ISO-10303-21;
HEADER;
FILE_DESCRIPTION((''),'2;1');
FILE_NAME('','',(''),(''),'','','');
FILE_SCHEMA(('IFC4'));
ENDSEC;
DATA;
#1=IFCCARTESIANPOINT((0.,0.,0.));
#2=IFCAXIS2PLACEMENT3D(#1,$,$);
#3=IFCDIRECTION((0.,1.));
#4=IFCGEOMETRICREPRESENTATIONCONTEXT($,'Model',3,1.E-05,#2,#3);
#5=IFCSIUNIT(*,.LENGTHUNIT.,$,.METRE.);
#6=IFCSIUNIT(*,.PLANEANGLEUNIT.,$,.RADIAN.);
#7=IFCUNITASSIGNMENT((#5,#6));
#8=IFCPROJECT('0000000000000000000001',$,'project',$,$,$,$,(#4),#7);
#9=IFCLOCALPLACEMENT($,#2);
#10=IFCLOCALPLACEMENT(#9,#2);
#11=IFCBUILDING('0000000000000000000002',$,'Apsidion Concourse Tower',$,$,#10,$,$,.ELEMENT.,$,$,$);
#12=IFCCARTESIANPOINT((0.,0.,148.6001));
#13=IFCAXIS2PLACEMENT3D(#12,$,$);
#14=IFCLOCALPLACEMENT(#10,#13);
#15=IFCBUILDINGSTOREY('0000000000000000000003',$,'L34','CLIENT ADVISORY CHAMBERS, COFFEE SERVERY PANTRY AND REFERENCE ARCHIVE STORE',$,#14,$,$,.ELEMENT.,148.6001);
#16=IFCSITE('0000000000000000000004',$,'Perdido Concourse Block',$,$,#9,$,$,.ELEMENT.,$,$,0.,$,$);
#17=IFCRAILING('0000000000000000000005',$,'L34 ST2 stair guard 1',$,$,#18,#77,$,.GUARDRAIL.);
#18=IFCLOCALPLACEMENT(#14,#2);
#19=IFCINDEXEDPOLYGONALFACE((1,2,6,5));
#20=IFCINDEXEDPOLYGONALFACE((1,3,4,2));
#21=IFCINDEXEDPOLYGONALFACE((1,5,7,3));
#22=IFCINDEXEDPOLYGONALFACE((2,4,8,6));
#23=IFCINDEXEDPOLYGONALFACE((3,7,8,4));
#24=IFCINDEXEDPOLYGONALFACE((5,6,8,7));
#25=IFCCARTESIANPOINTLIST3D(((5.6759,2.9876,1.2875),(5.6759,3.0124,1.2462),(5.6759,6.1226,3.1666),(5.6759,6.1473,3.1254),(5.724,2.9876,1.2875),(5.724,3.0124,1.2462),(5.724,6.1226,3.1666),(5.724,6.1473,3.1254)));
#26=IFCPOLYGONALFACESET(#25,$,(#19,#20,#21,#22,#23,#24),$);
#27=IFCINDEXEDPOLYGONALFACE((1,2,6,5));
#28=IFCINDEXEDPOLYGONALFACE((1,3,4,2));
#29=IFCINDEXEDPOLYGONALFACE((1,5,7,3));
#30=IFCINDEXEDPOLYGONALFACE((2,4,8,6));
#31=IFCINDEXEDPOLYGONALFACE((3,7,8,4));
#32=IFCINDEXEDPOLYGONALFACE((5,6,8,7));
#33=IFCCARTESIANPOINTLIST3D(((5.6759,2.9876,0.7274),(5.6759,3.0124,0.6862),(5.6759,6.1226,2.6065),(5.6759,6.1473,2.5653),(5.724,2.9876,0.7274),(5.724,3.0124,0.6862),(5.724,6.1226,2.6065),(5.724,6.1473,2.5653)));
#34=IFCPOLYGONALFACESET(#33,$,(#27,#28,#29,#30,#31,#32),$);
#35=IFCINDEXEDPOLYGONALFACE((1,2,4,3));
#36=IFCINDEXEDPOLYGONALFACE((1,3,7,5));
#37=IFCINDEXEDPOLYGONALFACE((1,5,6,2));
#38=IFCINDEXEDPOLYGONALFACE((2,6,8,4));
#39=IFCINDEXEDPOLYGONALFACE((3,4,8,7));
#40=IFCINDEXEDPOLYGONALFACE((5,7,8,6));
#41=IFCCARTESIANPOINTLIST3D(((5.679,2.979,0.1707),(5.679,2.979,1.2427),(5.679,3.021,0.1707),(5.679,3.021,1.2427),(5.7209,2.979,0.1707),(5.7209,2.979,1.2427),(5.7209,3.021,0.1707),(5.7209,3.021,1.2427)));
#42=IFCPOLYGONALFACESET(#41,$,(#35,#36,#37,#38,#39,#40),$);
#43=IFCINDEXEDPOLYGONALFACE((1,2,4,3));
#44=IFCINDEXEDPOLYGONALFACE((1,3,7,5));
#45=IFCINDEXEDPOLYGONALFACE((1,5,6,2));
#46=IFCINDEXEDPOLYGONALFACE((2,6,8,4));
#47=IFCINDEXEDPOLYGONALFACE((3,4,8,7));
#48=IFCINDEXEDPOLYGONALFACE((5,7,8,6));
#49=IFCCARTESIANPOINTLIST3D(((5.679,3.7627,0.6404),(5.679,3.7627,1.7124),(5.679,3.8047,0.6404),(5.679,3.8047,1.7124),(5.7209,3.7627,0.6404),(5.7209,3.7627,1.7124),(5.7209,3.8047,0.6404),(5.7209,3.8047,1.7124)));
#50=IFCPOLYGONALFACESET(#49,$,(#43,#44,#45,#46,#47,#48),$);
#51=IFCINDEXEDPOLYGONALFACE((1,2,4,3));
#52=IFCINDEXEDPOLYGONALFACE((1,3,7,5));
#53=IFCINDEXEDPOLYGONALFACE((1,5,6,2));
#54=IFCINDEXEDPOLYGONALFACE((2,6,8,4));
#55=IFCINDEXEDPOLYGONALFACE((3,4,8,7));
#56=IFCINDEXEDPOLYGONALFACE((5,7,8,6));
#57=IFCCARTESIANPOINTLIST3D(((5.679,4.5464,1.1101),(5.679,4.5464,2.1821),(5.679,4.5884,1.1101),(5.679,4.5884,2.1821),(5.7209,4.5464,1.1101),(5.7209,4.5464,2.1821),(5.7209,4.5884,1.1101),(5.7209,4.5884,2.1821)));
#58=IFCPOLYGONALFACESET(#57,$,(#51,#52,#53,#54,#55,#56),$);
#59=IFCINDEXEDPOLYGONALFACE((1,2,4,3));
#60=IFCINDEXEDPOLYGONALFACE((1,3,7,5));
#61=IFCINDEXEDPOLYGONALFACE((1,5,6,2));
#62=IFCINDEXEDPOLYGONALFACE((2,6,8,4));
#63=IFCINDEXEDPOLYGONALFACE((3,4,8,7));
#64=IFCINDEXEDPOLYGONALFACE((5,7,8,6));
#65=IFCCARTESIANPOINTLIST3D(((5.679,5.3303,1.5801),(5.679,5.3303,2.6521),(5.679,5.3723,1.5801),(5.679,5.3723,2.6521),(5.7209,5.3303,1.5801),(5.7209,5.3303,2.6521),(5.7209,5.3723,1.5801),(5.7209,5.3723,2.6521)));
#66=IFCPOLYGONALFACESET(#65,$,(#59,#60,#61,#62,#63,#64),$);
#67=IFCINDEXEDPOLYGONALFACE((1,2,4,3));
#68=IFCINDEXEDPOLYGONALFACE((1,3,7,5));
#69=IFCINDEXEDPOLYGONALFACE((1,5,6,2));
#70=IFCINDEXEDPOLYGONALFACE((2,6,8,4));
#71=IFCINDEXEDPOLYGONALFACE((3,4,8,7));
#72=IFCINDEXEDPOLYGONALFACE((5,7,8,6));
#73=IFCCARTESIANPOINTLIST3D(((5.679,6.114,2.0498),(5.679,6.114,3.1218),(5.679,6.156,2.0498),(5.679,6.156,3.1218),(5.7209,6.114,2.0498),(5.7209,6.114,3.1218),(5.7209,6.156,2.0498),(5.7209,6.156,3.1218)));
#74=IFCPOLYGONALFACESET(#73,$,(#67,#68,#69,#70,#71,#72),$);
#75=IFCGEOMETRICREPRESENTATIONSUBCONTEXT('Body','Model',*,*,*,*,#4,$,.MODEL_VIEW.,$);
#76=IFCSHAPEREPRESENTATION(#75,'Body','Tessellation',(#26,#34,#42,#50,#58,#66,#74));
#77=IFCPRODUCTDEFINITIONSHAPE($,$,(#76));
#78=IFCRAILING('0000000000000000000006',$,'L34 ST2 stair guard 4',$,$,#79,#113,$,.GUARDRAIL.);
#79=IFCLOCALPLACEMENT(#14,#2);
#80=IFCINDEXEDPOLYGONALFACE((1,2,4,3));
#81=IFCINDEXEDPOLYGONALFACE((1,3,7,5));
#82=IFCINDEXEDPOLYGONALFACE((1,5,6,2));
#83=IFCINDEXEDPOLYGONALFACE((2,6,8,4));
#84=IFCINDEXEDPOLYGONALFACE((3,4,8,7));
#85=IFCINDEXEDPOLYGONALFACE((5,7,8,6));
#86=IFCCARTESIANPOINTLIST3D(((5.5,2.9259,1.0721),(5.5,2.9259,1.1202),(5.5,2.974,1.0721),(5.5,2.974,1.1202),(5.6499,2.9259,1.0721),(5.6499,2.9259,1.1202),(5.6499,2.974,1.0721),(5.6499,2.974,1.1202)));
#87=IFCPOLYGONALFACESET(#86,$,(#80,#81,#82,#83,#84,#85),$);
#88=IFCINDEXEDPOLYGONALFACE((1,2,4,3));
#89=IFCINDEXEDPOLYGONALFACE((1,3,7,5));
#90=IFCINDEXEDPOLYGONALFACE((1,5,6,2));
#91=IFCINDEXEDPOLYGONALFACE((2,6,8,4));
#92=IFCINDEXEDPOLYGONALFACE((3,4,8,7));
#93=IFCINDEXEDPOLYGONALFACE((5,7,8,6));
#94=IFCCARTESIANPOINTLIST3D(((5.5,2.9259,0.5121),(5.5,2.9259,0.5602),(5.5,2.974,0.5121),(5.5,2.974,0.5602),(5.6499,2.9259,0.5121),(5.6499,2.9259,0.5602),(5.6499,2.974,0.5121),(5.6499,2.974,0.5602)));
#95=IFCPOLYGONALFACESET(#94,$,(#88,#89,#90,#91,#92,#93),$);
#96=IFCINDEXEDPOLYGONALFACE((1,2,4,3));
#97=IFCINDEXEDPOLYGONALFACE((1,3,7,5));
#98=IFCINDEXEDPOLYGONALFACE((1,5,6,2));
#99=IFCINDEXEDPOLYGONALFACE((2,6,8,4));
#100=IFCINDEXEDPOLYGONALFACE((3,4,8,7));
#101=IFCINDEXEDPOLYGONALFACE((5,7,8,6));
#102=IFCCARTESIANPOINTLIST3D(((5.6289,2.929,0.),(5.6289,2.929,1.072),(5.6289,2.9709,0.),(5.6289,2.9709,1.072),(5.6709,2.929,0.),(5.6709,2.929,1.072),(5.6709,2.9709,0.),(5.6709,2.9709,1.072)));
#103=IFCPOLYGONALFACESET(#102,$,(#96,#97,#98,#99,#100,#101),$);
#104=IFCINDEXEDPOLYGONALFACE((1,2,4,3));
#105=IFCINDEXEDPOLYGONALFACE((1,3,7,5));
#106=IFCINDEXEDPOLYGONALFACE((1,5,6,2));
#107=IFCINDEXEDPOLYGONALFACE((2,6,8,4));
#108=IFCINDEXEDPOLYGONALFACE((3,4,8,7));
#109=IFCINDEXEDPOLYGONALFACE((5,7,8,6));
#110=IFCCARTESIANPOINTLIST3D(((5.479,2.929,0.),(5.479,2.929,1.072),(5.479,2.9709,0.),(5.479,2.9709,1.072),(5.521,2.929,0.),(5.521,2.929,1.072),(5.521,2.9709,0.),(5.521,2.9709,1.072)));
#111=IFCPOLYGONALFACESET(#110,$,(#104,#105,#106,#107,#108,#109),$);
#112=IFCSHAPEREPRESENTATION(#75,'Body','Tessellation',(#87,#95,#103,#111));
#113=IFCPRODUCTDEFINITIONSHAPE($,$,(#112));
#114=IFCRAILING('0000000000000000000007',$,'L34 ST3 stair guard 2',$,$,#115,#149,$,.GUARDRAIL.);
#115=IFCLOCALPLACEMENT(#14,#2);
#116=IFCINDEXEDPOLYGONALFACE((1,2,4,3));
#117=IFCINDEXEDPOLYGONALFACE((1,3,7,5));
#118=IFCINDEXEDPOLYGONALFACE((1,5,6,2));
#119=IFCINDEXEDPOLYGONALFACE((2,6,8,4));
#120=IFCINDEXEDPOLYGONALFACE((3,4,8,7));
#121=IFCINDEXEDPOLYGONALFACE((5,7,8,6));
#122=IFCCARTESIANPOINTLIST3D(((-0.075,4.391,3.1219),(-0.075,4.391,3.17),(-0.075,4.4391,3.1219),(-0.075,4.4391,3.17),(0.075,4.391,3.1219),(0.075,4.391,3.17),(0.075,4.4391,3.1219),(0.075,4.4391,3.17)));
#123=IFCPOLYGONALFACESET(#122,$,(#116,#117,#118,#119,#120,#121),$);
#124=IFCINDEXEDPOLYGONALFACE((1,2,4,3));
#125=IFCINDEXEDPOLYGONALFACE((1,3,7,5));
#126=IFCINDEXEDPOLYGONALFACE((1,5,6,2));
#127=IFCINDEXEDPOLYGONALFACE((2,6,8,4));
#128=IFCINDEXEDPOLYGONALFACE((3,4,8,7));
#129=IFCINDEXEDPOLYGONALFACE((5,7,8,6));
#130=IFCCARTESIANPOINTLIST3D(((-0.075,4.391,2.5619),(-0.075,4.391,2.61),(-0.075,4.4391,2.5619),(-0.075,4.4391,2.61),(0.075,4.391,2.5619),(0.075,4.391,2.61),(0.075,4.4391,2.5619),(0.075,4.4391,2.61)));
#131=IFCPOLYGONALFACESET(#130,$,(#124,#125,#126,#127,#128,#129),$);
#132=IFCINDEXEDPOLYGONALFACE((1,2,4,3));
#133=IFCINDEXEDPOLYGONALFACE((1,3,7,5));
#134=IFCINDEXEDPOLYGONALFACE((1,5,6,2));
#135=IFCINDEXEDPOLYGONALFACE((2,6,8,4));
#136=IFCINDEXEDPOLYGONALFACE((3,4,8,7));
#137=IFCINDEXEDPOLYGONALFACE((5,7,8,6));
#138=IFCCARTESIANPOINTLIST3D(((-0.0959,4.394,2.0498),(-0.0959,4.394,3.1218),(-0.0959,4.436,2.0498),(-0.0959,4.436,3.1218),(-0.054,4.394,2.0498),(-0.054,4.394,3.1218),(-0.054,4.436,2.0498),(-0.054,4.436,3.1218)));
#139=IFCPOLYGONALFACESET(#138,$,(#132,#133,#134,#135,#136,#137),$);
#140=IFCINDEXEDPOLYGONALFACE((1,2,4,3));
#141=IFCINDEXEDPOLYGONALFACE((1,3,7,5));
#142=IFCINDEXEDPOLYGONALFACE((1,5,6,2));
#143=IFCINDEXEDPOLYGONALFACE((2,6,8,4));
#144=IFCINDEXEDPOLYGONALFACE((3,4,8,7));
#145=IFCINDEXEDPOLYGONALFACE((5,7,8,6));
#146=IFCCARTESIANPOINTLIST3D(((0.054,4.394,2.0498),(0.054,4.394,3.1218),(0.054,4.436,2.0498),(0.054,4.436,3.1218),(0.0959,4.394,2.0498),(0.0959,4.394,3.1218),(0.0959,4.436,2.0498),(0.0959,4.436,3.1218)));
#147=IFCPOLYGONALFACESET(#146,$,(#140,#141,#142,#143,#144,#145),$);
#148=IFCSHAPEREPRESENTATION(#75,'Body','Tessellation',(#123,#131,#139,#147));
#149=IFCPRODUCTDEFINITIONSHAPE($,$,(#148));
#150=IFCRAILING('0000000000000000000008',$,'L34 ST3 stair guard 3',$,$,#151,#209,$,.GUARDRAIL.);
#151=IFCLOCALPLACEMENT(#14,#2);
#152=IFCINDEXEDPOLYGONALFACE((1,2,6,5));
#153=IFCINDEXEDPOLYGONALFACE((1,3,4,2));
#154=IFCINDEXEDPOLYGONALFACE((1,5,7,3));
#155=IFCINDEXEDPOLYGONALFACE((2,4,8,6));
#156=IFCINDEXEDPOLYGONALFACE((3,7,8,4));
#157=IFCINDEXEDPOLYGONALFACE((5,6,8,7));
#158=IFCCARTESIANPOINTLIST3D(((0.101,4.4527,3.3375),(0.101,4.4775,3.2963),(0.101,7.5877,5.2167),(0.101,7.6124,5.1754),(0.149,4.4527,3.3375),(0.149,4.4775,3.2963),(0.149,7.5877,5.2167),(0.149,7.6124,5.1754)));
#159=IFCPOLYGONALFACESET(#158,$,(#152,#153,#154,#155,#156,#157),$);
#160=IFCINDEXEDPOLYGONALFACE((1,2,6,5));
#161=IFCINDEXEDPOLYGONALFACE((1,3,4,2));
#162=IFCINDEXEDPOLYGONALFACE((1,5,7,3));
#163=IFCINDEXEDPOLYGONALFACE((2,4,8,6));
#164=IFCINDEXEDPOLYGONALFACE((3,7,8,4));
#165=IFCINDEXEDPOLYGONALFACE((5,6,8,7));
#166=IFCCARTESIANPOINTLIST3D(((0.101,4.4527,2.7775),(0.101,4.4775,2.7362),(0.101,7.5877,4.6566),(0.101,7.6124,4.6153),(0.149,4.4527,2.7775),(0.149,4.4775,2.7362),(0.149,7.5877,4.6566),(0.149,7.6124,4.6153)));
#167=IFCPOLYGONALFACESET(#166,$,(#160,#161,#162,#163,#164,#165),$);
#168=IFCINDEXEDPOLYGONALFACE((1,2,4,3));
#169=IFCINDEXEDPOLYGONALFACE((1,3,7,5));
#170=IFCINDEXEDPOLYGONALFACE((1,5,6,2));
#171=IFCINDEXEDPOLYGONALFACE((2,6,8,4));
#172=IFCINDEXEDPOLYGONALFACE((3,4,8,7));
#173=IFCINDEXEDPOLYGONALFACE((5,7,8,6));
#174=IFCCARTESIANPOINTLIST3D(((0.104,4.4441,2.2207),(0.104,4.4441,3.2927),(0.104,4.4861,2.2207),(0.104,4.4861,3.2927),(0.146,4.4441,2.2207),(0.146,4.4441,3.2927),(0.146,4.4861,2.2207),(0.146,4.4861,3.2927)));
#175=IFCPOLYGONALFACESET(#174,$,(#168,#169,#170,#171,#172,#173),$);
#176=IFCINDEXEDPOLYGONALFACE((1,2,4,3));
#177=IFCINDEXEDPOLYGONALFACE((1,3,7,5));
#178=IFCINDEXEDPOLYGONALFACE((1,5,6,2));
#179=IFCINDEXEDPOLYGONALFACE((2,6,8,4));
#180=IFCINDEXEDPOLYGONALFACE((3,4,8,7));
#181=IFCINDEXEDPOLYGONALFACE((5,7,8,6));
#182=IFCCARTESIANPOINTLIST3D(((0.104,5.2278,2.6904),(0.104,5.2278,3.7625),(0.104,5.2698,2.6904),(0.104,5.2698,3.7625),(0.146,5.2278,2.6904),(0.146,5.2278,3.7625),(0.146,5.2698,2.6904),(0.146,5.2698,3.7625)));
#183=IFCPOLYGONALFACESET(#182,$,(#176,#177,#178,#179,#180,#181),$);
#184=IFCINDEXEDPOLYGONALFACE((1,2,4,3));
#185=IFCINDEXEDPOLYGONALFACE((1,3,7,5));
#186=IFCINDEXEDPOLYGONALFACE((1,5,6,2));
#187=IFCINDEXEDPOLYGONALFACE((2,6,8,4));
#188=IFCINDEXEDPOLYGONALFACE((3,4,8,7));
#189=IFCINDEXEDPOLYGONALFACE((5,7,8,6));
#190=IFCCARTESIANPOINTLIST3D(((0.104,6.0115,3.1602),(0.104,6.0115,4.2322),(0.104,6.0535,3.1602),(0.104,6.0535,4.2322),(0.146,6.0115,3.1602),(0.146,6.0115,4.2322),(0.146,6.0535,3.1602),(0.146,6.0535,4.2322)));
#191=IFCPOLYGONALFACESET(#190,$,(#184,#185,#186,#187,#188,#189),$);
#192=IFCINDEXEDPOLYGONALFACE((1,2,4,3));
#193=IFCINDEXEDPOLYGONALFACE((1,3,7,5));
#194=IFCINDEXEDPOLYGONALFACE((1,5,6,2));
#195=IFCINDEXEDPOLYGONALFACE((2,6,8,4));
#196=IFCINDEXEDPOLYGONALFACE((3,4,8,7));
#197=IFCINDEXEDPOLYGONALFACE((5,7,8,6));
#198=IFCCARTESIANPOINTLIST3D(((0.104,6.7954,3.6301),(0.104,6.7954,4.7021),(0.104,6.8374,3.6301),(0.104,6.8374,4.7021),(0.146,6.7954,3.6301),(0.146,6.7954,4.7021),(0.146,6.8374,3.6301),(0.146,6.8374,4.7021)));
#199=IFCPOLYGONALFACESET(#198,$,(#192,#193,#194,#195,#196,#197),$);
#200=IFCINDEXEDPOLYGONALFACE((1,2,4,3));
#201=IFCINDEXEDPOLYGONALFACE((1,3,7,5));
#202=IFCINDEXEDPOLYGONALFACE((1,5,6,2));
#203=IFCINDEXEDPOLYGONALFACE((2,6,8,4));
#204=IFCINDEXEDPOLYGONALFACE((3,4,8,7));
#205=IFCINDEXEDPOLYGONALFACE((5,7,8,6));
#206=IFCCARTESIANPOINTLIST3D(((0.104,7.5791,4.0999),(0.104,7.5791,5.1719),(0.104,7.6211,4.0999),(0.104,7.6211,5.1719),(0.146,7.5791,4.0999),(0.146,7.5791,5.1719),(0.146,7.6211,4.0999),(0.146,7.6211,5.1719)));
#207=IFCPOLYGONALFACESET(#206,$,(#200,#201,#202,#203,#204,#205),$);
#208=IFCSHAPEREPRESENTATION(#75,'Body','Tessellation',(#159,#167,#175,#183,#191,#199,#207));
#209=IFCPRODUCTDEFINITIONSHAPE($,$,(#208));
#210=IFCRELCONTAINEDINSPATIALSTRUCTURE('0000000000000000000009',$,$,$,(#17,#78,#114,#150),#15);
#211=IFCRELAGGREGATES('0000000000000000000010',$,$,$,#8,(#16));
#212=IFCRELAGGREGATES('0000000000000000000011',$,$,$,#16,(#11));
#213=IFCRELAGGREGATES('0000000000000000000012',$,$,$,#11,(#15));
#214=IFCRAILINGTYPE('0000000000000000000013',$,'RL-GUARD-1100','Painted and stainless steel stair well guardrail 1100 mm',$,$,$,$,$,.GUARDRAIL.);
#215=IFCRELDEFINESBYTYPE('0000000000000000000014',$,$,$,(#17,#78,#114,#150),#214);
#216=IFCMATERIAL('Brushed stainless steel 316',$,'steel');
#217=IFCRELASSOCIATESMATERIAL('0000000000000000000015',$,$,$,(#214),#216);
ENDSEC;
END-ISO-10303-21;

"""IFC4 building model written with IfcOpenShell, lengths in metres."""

from ifc_helpers import new_model, si_unit, direction, frame, origin, origin_2d, place, context, subcontext, project, spatial, rectangle, extrude, material, type_object, element, save


model = new_model("IFC4")

# Units and contexts
model_context = context("Model", 3, precision=1e-05, world=origin(), true_north=direction((0.0, 1.0)))
body_context = subcontext(model_context, "Body", "Model", "MODEL_VIEW")
ifc_project = project(units=[si_unit("LENGTHUNIT", "METRE"), si_unit("PLANEANGLEUNIT", "RADIAN")], contexts=[model_context])

# Site, building, storey
site_placement = place(None, origin())
site = spatial("IfcSite", under=ifc_project, at=site_placement, Name="Perdido Concourse Block", CompositionType="ELEMENT", RefElevation=0.0)
building_placement = place(site_placement, origin())
building = spatial("IfcBuilding", under=site, at=building_placement, Name="Apsidion Concourse Tower", CompositionType="ELEMENT")
storey_placement = place(building_placement, frame((0.0, 0.0, 148.6001)))
storey = spatial("IfcBuildingStorey", under=building, at=storey_placement, Name="L34", Description="CLIENT ADVISORY CHAMBERS, COFFEE SERVERY PANTRY AND REFERENCE ARCHIVE STORE", CompositionType="ELEMENT", Elevation=148.6001)

# Shared definitions
ifc_material_1 = material(Name="Brushed stainless steel 316", Category="steel")

# Railings
railing_type_1 = type_object("IfcRailingType", Name="RL-GUARD-1100", Description="Painted and stainless steel stair well guardrail 1100 mm", PredefinedType="GUARDRAIL", material=ifc_material_1)
railing_1_placement = place(storey_placement, frame((5.7, 3.0, 0.1707)))
element("IfcRailing", 1, at=railing_1_placement, inside=storey, type_object=railing_type_1, Name="L34 ST2 stair guard 1", PredefinedType="GUARDRAIL", context=body_context, shape_type="SweptSolid", body=[
    extrude(rectangle(XDim=0.0481, YDim=0.0481, at=origin_2d()), frame((0.0, 0.0, 1.0962), z_axis=(0.0, 0.857717, 0.514122), x_axis=(-1.0, 0.0, 0.0)), (0.0, 0.0, 1.0), 3.655),
    extrude(rectangle(XDim=0.0481, YDim=0.0481, at=origin_2d()), frame((0.0, 0.0, 0.5361), z_axis=(0.0, 0.857717, 0.514122), x_axis=(-1.0, 0.0, 0.0)), (0.0, 0.0, 1.0), 3.655),
    extrude(rectangle(XDim=0.042, YDim=0.042, at=origin_2d()), origin(), (0.0, 0.0, 1.0), 1.072),
    extrude(rectangle(XDim=0.042, YDim=0.042, at=origin_2d()), frame((0.0, 0.7837, 0.4697)), (0.0, 0.0, 1.0), 1.072),
    extrude(rectangle(XDim=0.042, YDim=0.042, at=origin_2d()), frame((0.0, 1.5674, 0.9395)), (0.0, 0.0, 1.0), 1.072),
    extrude(rectangle(XDim=0.042, YDim=0.042, at=origin_2d()), frame((0.0, 2.3513, 1.4094)), (0.0, 0.0, 1.0), 1.072),
    extrude(rectangle(XDim=0.042, YDim=0.042, at=origin_2d()), frame((0.0, 3.135, 1.8792)), (0.0, 0.0, 1.0), 1.072),
])
railing_2_placement = place(storey_placement, frame((5.6499, 2.95, 0.0)))
element("IfcRailing", 2, at=railing_2_placement, inside=storey, type_object=railing_type_1, Name="L34 ST2 stair guard 4", PredefinedType="GUARDRAIL", context=body_context, shape_type="SweptSolid", body=[
    extrude(rectangle(XDim=0.0481, YDim=0.0481, at=origin_2d()), frame((0.0, 0.0, 1.0962), z_axis=(-1.0, 0.0, 0.0), x_axis=(0.0, -1.0, 0.0)), (0.0, 0.0, 1.0), 0.1499),
    extrude(rectangle(XDim=0.0481, YDim=0.0481, at=origin_2d()), frame((0.0, 0.0, 0.5361), z_axis=(-1.0, 0.0, 0.0), x_axis=(0.0, -1.0, 0.0)), (0.0, 0.0, 1.0), 0.1499),
    extrude(rectangle(XDim=0.042, YDim=0.042, at=origin_2d()), origin(), (0.0, 0.0, 1.0), 1.072),
    extrude(rectangle(XDim=0.042, YDim=0.042, at=origin_2d()), frame((-0.1499, 0.0, 0.0)), (0.0, 0.0, 1.0), 1.072),
])
railing_3_placement = place(storey_placement, frame((-0.075, 4.415, 2.0498)))
element("IfcRailing", 3, at=railing_3_placement, inside=storey, type_object=railing_type_1, Name="L34 ST3 stair guard 2", PredefinedType="GUARDRAIL", context=body_context, shape_type="SweptSolid", body=[
    extrude(rectangle(XDim=0.0481, YDim=0.0481, at=origin_2d()), frame((0.0, 0.0, 1.0962), z_axis=(1.0, 0.0, 0.0), x_axis=(0.0, 1.0, 0.0)), (0.0, 0.0, 1.0), 0.1499),
    extrude(rectangle(XDim=0.0481, YDim=0.0481, at=origin_2d()), frame((0.0, 0.0, 0.5361), z_axis=(1.0, 0.0, 0.0), x_axis=(0.0, 1.0, 0.0)), (0.0, 0.0, 1.0), 0.1499),
    extrude(rectangle(XDim=0.042, YDim=0.042, at=origin_2d()), origin(), (0.0, 0.0, 1.0), 1.072),
    extrude(rectangle(XDim=0.042, YDim=0.042, at=origin_2d()), frame((0.1499, 0.0, 0.0)), (0.0, 0.0, 1.0), 1.072),
])
railing_4_placement = place(storey_placement, frame((0.125, 4.4651, 2.2207)))
element("IfcRailing", 4, at=railing_4_placement, inside=storey, type_object=railing_type_1, Name="L34 ST3 stair guard 3", PredefinedType="GUARDRAIL", context=body_context, shape_type="SweptSolid", body=[
    extrude(rectangle(XDim=0.0481, YDim=0.0481, at=origin_2d()), frame((0.0, 0.0, 1.0962), z_axis=(0.0, 0.857717, 0.514122), x_axis=(-1.0, 0.0, 0.0)), (0.0, 0.0, 1.0), 3.655),
    extrude(rectangle(XDim=0.0481, YDim=0.0481, at=origin_2d()), frame((0.0, 0.0, 0.5361), z_axis=(0.0, 0.857717, 0.514122), x_axis=(-1.0, 0.0, 0.0)), (0.0, 0.0, 1.0), 3.655),
    extrude(rectangle(XDim=0.042, YDim=0.042, at=origin_2d()), origin(), (0.0, 0.0, 1.0), 1.072),
    extrude(rectangle(XDim=0.042, YDim=0.042, at=origin_2d()), frame((0.0, 0.7837, 0.4697)), (0.0, 0.0, 1.0), 1.072),
    extrude(rectangle(XDim=0.042, YDim=0.042, at=origin_2d()), frame((0.0, 1.5674, 0.9395)), (0.0, 0.0, 1.0), 1.072),
    extrude(rectangle(XDim=0.042, YDim=0.042, at=origin_2d()), frame((0.0, 2.3513, 1.4094)), (0.0, 0.0, 1.0), 1.072),
    extrude(rectangle(XDim=0.042, YDim=0.042, at=origin_2d()), frame((0.0, 3.135, 1.8792)), (0.0, 0.0, 1.0), 1.072),
])

save(model, "model.ifc")
